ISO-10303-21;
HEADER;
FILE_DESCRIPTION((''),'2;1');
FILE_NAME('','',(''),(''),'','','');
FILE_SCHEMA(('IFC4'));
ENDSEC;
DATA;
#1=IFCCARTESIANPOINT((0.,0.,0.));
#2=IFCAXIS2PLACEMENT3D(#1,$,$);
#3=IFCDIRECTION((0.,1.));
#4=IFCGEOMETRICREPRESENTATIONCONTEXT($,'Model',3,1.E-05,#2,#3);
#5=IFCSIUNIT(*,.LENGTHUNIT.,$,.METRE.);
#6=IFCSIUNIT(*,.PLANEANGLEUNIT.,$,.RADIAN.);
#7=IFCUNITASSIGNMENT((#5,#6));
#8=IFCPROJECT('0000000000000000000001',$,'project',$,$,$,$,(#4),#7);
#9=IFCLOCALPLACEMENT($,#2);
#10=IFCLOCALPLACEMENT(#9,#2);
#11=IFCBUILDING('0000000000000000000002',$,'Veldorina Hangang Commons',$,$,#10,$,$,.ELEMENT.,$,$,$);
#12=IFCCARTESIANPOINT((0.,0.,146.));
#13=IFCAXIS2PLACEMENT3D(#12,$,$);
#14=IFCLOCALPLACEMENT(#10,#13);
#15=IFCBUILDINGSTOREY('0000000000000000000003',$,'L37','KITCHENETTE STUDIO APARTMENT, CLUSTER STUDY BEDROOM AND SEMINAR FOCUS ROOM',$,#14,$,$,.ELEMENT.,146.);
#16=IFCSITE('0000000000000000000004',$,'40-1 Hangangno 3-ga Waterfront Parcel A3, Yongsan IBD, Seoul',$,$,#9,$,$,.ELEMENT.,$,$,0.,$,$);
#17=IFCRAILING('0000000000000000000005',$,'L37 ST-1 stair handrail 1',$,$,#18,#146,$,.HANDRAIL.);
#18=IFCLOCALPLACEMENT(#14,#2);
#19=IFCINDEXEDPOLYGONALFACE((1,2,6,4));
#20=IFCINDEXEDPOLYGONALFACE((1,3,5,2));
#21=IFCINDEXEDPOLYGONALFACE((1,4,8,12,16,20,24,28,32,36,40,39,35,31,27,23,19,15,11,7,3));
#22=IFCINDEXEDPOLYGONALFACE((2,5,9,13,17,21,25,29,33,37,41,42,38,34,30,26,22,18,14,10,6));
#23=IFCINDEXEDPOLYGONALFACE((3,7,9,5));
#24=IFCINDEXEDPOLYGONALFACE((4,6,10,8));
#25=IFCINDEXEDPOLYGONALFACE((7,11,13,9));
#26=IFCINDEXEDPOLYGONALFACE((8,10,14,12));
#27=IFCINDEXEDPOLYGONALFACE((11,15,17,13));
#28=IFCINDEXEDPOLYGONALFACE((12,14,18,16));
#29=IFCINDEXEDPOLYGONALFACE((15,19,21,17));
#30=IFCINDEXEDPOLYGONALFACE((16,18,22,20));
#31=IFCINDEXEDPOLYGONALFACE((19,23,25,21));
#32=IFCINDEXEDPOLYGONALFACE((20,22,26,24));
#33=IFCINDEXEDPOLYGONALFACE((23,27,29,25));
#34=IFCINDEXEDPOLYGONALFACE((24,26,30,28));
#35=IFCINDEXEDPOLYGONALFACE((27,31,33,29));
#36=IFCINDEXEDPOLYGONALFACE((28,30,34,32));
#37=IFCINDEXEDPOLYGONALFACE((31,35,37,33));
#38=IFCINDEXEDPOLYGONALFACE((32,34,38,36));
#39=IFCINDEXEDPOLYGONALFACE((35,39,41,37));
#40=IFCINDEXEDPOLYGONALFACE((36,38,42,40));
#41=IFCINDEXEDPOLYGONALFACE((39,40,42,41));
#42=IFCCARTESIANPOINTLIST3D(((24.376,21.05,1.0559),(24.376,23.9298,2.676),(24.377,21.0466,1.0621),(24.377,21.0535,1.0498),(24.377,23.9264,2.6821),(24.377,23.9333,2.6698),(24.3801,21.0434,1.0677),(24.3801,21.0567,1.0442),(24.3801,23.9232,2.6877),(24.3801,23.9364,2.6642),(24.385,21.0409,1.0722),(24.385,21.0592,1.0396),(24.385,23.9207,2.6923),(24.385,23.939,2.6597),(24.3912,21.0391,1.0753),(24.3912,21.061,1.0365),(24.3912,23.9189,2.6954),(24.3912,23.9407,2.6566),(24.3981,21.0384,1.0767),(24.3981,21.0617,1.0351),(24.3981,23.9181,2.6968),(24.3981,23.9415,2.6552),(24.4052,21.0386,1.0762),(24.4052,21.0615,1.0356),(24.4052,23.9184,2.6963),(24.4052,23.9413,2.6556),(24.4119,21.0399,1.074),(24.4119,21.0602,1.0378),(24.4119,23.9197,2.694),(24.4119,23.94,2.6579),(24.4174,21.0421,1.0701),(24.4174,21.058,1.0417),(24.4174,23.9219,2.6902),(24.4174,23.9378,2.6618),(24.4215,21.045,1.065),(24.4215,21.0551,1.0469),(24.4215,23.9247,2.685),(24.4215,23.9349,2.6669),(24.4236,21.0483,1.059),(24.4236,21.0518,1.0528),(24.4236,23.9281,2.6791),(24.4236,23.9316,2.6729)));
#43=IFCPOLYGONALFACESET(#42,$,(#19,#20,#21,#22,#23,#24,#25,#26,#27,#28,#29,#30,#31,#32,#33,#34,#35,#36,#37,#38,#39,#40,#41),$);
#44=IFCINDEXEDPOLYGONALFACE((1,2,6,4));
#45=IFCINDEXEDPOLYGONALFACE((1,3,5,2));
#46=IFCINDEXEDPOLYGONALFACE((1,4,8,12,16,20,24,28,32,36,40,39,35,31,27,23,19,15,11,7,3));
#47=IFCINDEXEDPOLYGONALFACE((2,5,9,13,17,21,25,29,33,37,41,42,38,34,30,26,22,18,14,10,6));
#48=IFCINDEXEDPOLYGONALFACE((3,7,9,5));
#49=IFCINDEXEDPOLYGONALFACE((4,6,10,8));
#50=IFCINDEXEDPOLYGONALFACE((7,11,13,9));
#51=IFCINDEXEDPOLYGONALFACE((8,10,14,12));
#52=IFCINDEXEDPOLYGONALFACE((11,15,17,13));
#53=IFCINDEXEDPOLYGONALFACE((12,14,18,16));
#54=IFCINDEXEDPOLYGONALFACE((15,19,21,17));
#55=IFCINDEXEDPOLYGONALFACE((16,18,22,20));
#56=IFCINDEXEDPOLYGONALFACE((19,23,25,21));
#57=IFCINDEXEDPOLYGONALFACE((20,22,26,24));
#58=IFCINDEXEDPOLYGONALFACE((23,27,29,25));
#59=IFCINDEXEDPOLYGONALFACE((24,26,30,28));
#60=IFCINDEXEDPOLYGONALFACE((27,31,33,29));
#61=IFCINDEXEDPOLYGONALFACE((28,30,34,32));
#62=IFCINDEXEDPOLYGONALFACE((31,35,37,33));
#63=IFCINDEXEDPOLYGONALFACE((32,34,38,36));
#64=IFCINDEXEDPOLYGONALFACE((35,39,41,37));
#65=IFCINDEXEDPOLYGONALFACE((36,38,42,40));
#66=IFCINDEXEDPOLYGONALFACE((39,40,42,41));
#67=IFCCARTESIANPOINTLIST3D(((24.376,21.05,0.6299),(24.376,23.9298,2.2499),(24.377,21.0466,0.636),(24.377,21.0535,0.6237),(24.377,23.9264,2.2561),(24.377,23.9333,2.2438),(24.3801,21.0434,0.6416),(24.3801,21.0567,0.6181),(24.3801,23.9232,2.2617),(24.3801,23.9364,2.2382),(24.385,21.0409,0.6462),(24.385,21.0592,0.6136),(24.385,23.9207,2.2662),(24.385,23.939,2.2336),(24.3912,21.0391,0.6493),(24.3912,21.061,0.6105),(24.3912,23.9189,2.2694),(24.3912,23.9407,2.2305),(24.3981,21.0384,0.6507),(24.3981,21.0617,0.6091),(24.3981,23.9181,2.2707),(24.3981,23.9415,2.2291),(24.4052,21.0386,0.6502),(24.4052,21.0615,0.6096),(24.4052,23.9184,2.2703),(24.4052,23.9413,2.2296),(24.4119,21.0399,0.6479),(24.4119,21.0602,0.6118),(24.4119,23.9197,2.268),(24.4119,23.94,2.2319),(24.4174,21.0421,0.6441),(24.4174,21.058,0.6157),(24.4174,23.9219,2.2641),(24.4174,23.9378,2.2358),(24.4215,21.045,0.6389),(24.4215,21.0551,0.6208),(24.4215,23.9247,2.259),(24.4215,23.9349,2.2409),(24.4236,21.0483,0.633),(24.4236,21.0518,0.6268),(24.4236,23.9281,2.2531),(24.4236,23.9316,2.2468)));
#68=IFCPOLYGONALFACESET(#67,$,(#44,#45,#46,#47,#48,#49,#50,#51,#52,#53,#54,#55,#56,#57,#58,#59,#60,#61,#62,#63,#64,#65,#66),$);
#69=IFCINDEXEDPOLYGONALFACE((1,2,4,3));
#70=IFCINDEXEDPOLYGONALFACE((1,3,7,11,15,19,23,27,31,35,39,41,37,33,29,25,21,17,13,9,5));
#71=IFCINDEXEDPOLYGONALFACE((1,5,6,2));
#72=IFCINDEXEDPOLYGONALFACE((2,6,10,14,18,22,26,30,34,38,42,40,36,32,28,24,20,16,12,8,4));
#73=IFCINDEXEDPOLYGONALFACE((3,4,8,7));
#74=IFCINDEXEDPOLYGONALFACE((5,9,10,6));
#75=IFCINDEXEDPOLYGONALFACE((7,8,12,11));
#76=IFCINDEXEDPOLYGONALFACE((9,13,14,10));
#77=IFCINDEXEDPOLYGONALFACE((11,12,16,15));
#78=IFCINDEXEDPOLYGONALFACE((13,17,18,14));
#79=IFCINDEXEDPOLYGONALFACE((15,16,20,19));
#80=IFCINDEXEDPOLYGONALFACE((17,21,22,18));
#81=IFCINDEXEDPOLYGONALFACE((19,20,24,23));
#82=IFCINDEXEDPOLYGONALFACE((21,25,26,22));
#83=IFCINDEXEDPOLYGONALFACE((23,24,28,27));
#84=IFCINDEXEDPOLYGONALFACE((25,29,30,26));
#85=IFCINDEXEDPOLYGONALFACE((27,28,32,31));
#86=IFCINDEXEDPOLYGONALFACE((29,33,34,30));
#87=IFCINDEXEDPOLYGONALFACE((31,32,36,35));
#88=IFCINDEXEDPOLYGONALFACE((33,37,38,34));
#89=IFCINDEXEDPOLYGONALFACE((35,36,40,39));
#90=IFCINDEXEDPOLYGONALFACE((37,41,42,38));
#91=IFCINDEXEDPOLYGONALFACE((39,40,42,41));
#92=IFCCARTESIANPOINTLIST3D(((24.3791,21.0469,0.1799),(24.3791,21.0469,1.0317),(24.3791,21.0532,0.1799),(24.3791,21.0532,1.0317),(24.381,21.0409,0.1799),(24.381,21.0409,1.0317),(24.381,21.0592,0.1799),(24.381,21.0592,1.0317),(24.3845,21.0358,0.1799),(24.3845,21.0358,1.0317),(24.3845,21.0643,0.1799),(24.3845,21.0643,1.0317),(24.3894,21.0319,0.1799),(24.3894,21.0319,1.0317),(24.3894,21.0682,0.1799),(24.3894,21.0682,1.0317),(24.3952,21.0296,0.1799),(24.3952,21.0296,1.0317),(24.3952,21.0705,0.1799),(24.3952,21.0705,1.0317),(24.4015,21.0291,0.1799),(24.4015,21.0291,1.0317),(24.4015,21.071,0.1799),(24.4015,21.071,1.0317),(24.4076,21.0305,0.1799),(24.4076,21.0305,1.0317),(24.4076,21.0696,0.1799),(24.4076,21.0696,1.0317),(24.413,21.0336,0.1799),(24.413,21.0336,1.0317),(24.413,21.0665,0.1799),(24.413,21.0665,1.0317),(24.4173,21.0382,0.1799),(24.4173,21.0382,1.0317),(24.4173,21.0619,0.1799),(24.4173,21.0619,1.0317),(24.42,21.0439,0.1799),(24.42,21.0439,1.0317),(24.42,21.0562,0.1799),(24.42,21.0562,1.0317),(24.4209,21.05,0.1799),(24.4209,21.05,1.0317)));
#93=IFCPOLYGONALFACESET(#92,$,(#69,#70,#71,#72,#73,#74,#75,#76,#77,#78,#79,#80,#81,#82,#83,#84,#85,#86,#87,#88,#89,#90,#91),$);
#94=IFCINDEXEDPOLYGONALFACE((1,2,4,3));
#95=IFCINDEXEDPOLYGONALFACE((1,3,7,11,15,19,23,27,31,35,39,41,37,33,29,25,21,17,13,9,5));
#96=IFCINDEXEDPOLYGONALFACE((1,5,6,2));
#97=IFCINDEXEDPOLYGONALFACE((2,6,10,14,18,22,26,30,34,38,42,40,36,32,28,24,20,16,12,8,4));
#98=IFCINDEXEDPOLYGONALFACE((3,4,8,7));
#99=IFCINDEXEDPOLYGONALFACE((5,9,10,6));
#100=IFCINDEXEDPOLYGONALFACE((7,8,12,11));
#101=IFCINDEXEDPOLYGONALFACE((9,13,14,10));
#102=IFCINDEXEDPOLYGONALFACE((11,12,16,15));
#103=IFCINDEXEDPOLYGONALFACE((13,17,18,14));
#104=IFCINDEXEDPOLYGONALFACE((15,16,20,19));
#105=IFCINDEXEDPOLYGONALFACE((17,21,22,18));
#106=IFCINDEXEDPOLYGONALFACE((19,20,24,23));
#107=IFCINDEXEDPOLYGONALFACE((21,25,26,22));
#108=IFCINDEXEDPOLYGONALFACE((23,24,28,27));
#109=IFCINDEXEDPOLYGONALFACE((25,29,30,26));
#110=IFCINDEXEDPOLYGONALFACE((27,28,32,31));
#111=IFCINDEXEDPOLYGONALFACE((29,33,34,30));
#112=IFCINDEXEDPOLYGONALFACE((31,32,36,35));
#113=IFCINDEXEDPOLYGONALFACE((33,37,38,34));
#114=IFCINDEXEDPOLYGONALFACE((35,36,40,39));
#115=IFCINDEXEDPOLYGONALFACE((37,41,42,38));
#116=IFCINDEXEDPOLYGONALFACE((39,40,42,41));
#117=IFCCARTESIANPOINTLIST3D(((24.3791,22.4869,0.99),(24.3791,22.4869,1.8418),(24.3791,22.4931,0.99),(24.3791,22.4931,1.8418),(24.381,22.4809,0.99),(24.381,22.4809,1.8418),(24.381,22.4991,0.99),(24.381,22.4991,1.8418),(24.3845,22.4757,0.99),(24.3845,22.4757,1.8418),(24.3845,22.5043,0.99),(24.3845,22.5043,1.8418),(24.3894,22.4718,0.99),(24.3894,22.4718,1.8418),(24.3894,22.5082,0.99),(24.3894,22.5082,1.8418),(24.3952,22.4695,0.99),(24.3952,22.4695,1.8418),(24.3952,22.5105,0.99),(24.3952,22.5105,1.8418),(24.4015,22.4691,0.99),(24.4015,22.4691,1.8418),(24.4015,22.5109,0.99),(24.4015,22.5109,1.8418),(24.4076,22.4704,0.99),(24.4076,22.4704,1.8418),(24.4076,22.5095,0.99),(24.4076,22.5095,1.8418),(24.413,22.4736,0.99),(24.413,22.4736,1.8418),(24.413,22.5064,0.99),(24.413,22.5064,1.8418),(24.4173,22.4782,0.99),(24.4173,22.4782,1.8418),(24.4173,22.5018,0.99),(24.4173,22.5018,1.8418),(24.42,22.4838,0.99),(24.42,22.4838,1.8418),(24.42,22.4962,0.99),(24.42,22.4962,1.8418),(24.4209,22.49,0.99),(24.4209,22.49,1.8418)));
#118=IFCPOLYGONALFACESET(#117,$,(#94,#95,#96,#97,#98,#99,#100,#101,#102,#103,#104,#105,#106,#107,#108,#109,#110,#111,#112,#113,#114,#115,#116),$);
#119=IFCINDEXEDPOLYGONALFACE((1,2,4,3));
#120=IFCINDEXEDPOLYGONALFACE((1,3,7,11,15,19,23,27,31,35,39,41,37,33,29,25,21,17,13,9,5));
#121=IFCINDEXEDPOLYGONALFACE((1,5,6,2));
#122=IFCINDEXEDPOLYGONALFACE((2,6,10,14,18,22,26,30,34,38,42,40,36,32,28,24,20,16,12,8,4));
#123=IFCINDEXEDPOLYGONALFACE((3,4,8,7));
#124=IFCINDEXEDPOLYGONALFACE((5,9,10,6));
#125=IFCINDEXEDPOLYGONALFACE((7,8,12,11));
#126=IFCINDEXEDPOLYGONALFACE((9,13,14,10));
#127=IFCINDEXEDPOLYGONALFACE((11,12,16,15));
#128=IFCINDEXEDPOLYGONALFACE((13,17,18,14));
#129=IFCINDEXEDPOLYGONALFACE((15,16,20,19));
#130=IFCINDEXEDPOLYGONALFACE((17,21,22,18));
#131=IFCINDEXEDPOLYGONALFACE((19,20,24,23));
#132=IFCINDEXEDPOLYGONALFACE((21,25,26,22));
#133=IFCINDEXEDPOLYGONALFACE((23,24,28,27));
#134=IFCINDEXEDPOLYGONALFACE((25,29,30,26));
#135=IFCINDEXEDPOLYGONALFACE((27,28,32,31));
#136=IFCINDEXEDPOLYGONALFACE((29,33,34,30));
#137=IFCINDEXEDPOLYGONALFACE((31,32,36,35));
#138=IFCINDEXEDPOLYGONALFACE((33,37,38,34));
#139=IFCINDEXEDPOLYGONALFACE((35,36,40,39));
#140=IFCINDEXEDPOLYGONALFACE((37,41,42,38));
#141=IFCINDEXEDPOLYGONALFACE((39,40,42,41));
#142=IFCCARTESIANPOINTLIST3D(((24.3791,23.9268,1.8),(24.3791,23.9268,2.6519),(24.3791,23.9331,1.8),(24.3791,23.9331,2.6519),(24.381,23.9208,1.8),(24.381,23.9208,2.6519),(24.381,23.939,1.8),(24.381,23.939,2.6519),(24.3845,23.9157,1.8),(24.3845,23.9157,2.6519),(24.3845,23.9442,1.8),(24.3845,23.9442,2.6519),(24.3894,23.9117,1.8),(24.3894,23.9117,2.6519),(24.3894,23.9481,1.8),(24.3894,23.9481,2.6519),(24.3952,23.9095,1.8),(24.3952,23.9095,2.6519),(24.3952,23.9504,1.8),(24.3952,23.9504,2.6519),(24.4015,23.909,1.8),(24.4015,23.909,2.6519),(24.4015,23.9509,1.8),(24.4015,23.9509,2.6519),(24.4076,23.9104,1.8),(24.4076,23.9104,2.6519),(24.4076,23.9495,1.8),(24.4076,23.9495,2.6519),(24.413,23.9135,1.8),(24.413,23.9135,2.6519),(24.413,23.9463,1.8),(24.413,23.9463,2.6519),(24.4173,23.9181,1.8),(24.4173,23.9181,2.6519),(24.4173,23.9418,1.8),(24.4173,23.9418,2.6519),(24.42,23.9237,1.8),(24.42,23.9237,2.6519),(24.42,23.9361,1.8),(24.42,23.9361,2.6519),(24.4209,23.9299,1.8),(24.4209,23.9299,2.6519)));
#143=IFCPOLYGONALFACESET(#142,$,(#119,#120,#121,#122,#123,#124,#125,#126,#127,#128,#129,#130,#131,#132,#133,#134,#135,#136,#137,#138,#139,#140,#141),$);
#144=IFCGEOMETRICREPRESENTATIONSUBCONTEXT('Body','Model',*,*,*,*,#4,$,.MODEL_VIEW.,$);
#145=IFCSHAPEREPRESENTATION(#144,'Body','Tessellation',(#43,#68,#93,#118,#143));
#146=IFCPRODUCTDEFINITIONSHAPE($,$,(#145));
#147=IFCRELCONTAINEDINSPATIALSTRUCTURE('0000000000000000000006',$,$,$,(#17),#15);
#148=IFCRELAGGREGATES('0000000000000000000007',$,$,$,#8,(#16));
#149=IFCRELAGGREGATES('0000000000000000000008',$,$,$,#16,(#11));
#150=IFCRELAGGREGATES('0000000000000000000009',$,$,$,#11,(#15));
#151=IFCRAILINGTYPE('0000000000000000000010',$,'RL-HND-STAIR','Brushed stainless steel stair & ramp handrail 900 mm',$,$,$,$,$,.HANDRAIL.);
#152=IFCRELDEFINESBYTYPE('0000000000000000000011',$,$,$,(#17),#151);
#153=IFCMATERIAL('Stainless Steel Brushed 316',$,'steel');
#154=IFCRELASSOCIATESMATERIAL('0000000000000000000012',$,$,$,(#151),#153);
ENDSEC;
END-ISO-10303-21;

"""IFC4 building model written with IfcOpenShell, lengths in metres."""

from ifc_helpers import new_model, si_unit, direction, frame, origin, origin_2d, place, context, subcontext, project, spatial, circle, extrude, material, type_object, element, save


model = new_model("IFC4")

# Units and contexts
model_context = context("Model", 3, precision=1e-05, world=origin(), true_north=direction((0.0, 1.0)))
body_context = subcontext(model_context, "Body", "Model", "MODEL_VIEW")
ifc_project = project(units=[si_unit("LENGTHUNIT", "METRE"), si_unit("PLANEANGLEUNIT", "RADIAN")], contexts=[model_context])

# Site, building, storey
site_placement = place(None, origin())
site = spatial("IfcSite", under=ifc_project, at=site_placement, Name="40-1 Hangangno 3-ga Waterfront Parcel A3, Yongsan IBD, Seoul", CompositionType="ELEMENT", RefElevation=0.0)
building_placement = place(site_placement, origin())
building = spatial("IfcBuilding", under=site, at=building_placement, Name="Veldorina Hangang Commons", CompositionType="ELEMENT")
storey_placement = place(building_placement, frame((0.0, 0.0, 146.0)))
storey = spatial("IfcBuildingStorey", under=building, at=storey_placement, Name="L37", Description="KITCHENETTE STUDIO APARTMENT, CLUSTER STUDY BEDROOM AND SEMINAR FOCUS ROOM", CompositionType="ELEMENT", Elevation=146.0)

# Railing
ifc_material_1 = material(Name="Stainless Steel Brushed 316", Category="steel")
railing_type_1 = type_object("IfcRailingType", Name="RL-HND-STAIR", Description="Brushed stainless steel stair & ramp handrail 900 mm", PredefinedType="HANDRAIL", material=ifc_material_1)
railing_1_placement = place(storey_placement, frame((24.3999, 21.05, 0.1799)))
element("IfcRailing", 1, at=railing_1_placement, inside=storey, type_object=railing_type_1, Name="L37 ST-1 stair handrail 1", PredefinedType="HANDRAIL", context=body_context, shape_type="SweptSolid", body=[
    extrude(circle(Radius=0.0239, at=origin_2d()), frame((0.0, 0.0, 0.876), z_axis=(0.0, 0.871552, 0.490303), x_axis=(-1.0, 0.0, 0.0)), (0.0, 0.0, 1.0), 3.3042),
    extrude(circle(Radius=0.0239, at=origin_2d()), frame((0.0, 0.0, 0.45), z_axis=(0.0, 0.871552, 0.490303), x_axis=(-1.0, 0.0, 0.0)), (0.0, 0.0, 1.0), 3.3042),
    extrude(circle(Radius=0.021, at=origin_2d()), origin(), (0.0, 0.0, 1.0), 0.8518),
    extrude(circle(Radius=0.021, at=origin_2d()), frame((0.0, 1.4399, 0.8101)), (0.0, 0.0, 1.0), 0.8518),
    extrude(circle(Radius=0.021, at=origin_2d()), frame((0.0, 2.8799, 1.6201)), (0.0, 0.0, 1.0), 0.8518),
])

save(model, "model.ifc")
